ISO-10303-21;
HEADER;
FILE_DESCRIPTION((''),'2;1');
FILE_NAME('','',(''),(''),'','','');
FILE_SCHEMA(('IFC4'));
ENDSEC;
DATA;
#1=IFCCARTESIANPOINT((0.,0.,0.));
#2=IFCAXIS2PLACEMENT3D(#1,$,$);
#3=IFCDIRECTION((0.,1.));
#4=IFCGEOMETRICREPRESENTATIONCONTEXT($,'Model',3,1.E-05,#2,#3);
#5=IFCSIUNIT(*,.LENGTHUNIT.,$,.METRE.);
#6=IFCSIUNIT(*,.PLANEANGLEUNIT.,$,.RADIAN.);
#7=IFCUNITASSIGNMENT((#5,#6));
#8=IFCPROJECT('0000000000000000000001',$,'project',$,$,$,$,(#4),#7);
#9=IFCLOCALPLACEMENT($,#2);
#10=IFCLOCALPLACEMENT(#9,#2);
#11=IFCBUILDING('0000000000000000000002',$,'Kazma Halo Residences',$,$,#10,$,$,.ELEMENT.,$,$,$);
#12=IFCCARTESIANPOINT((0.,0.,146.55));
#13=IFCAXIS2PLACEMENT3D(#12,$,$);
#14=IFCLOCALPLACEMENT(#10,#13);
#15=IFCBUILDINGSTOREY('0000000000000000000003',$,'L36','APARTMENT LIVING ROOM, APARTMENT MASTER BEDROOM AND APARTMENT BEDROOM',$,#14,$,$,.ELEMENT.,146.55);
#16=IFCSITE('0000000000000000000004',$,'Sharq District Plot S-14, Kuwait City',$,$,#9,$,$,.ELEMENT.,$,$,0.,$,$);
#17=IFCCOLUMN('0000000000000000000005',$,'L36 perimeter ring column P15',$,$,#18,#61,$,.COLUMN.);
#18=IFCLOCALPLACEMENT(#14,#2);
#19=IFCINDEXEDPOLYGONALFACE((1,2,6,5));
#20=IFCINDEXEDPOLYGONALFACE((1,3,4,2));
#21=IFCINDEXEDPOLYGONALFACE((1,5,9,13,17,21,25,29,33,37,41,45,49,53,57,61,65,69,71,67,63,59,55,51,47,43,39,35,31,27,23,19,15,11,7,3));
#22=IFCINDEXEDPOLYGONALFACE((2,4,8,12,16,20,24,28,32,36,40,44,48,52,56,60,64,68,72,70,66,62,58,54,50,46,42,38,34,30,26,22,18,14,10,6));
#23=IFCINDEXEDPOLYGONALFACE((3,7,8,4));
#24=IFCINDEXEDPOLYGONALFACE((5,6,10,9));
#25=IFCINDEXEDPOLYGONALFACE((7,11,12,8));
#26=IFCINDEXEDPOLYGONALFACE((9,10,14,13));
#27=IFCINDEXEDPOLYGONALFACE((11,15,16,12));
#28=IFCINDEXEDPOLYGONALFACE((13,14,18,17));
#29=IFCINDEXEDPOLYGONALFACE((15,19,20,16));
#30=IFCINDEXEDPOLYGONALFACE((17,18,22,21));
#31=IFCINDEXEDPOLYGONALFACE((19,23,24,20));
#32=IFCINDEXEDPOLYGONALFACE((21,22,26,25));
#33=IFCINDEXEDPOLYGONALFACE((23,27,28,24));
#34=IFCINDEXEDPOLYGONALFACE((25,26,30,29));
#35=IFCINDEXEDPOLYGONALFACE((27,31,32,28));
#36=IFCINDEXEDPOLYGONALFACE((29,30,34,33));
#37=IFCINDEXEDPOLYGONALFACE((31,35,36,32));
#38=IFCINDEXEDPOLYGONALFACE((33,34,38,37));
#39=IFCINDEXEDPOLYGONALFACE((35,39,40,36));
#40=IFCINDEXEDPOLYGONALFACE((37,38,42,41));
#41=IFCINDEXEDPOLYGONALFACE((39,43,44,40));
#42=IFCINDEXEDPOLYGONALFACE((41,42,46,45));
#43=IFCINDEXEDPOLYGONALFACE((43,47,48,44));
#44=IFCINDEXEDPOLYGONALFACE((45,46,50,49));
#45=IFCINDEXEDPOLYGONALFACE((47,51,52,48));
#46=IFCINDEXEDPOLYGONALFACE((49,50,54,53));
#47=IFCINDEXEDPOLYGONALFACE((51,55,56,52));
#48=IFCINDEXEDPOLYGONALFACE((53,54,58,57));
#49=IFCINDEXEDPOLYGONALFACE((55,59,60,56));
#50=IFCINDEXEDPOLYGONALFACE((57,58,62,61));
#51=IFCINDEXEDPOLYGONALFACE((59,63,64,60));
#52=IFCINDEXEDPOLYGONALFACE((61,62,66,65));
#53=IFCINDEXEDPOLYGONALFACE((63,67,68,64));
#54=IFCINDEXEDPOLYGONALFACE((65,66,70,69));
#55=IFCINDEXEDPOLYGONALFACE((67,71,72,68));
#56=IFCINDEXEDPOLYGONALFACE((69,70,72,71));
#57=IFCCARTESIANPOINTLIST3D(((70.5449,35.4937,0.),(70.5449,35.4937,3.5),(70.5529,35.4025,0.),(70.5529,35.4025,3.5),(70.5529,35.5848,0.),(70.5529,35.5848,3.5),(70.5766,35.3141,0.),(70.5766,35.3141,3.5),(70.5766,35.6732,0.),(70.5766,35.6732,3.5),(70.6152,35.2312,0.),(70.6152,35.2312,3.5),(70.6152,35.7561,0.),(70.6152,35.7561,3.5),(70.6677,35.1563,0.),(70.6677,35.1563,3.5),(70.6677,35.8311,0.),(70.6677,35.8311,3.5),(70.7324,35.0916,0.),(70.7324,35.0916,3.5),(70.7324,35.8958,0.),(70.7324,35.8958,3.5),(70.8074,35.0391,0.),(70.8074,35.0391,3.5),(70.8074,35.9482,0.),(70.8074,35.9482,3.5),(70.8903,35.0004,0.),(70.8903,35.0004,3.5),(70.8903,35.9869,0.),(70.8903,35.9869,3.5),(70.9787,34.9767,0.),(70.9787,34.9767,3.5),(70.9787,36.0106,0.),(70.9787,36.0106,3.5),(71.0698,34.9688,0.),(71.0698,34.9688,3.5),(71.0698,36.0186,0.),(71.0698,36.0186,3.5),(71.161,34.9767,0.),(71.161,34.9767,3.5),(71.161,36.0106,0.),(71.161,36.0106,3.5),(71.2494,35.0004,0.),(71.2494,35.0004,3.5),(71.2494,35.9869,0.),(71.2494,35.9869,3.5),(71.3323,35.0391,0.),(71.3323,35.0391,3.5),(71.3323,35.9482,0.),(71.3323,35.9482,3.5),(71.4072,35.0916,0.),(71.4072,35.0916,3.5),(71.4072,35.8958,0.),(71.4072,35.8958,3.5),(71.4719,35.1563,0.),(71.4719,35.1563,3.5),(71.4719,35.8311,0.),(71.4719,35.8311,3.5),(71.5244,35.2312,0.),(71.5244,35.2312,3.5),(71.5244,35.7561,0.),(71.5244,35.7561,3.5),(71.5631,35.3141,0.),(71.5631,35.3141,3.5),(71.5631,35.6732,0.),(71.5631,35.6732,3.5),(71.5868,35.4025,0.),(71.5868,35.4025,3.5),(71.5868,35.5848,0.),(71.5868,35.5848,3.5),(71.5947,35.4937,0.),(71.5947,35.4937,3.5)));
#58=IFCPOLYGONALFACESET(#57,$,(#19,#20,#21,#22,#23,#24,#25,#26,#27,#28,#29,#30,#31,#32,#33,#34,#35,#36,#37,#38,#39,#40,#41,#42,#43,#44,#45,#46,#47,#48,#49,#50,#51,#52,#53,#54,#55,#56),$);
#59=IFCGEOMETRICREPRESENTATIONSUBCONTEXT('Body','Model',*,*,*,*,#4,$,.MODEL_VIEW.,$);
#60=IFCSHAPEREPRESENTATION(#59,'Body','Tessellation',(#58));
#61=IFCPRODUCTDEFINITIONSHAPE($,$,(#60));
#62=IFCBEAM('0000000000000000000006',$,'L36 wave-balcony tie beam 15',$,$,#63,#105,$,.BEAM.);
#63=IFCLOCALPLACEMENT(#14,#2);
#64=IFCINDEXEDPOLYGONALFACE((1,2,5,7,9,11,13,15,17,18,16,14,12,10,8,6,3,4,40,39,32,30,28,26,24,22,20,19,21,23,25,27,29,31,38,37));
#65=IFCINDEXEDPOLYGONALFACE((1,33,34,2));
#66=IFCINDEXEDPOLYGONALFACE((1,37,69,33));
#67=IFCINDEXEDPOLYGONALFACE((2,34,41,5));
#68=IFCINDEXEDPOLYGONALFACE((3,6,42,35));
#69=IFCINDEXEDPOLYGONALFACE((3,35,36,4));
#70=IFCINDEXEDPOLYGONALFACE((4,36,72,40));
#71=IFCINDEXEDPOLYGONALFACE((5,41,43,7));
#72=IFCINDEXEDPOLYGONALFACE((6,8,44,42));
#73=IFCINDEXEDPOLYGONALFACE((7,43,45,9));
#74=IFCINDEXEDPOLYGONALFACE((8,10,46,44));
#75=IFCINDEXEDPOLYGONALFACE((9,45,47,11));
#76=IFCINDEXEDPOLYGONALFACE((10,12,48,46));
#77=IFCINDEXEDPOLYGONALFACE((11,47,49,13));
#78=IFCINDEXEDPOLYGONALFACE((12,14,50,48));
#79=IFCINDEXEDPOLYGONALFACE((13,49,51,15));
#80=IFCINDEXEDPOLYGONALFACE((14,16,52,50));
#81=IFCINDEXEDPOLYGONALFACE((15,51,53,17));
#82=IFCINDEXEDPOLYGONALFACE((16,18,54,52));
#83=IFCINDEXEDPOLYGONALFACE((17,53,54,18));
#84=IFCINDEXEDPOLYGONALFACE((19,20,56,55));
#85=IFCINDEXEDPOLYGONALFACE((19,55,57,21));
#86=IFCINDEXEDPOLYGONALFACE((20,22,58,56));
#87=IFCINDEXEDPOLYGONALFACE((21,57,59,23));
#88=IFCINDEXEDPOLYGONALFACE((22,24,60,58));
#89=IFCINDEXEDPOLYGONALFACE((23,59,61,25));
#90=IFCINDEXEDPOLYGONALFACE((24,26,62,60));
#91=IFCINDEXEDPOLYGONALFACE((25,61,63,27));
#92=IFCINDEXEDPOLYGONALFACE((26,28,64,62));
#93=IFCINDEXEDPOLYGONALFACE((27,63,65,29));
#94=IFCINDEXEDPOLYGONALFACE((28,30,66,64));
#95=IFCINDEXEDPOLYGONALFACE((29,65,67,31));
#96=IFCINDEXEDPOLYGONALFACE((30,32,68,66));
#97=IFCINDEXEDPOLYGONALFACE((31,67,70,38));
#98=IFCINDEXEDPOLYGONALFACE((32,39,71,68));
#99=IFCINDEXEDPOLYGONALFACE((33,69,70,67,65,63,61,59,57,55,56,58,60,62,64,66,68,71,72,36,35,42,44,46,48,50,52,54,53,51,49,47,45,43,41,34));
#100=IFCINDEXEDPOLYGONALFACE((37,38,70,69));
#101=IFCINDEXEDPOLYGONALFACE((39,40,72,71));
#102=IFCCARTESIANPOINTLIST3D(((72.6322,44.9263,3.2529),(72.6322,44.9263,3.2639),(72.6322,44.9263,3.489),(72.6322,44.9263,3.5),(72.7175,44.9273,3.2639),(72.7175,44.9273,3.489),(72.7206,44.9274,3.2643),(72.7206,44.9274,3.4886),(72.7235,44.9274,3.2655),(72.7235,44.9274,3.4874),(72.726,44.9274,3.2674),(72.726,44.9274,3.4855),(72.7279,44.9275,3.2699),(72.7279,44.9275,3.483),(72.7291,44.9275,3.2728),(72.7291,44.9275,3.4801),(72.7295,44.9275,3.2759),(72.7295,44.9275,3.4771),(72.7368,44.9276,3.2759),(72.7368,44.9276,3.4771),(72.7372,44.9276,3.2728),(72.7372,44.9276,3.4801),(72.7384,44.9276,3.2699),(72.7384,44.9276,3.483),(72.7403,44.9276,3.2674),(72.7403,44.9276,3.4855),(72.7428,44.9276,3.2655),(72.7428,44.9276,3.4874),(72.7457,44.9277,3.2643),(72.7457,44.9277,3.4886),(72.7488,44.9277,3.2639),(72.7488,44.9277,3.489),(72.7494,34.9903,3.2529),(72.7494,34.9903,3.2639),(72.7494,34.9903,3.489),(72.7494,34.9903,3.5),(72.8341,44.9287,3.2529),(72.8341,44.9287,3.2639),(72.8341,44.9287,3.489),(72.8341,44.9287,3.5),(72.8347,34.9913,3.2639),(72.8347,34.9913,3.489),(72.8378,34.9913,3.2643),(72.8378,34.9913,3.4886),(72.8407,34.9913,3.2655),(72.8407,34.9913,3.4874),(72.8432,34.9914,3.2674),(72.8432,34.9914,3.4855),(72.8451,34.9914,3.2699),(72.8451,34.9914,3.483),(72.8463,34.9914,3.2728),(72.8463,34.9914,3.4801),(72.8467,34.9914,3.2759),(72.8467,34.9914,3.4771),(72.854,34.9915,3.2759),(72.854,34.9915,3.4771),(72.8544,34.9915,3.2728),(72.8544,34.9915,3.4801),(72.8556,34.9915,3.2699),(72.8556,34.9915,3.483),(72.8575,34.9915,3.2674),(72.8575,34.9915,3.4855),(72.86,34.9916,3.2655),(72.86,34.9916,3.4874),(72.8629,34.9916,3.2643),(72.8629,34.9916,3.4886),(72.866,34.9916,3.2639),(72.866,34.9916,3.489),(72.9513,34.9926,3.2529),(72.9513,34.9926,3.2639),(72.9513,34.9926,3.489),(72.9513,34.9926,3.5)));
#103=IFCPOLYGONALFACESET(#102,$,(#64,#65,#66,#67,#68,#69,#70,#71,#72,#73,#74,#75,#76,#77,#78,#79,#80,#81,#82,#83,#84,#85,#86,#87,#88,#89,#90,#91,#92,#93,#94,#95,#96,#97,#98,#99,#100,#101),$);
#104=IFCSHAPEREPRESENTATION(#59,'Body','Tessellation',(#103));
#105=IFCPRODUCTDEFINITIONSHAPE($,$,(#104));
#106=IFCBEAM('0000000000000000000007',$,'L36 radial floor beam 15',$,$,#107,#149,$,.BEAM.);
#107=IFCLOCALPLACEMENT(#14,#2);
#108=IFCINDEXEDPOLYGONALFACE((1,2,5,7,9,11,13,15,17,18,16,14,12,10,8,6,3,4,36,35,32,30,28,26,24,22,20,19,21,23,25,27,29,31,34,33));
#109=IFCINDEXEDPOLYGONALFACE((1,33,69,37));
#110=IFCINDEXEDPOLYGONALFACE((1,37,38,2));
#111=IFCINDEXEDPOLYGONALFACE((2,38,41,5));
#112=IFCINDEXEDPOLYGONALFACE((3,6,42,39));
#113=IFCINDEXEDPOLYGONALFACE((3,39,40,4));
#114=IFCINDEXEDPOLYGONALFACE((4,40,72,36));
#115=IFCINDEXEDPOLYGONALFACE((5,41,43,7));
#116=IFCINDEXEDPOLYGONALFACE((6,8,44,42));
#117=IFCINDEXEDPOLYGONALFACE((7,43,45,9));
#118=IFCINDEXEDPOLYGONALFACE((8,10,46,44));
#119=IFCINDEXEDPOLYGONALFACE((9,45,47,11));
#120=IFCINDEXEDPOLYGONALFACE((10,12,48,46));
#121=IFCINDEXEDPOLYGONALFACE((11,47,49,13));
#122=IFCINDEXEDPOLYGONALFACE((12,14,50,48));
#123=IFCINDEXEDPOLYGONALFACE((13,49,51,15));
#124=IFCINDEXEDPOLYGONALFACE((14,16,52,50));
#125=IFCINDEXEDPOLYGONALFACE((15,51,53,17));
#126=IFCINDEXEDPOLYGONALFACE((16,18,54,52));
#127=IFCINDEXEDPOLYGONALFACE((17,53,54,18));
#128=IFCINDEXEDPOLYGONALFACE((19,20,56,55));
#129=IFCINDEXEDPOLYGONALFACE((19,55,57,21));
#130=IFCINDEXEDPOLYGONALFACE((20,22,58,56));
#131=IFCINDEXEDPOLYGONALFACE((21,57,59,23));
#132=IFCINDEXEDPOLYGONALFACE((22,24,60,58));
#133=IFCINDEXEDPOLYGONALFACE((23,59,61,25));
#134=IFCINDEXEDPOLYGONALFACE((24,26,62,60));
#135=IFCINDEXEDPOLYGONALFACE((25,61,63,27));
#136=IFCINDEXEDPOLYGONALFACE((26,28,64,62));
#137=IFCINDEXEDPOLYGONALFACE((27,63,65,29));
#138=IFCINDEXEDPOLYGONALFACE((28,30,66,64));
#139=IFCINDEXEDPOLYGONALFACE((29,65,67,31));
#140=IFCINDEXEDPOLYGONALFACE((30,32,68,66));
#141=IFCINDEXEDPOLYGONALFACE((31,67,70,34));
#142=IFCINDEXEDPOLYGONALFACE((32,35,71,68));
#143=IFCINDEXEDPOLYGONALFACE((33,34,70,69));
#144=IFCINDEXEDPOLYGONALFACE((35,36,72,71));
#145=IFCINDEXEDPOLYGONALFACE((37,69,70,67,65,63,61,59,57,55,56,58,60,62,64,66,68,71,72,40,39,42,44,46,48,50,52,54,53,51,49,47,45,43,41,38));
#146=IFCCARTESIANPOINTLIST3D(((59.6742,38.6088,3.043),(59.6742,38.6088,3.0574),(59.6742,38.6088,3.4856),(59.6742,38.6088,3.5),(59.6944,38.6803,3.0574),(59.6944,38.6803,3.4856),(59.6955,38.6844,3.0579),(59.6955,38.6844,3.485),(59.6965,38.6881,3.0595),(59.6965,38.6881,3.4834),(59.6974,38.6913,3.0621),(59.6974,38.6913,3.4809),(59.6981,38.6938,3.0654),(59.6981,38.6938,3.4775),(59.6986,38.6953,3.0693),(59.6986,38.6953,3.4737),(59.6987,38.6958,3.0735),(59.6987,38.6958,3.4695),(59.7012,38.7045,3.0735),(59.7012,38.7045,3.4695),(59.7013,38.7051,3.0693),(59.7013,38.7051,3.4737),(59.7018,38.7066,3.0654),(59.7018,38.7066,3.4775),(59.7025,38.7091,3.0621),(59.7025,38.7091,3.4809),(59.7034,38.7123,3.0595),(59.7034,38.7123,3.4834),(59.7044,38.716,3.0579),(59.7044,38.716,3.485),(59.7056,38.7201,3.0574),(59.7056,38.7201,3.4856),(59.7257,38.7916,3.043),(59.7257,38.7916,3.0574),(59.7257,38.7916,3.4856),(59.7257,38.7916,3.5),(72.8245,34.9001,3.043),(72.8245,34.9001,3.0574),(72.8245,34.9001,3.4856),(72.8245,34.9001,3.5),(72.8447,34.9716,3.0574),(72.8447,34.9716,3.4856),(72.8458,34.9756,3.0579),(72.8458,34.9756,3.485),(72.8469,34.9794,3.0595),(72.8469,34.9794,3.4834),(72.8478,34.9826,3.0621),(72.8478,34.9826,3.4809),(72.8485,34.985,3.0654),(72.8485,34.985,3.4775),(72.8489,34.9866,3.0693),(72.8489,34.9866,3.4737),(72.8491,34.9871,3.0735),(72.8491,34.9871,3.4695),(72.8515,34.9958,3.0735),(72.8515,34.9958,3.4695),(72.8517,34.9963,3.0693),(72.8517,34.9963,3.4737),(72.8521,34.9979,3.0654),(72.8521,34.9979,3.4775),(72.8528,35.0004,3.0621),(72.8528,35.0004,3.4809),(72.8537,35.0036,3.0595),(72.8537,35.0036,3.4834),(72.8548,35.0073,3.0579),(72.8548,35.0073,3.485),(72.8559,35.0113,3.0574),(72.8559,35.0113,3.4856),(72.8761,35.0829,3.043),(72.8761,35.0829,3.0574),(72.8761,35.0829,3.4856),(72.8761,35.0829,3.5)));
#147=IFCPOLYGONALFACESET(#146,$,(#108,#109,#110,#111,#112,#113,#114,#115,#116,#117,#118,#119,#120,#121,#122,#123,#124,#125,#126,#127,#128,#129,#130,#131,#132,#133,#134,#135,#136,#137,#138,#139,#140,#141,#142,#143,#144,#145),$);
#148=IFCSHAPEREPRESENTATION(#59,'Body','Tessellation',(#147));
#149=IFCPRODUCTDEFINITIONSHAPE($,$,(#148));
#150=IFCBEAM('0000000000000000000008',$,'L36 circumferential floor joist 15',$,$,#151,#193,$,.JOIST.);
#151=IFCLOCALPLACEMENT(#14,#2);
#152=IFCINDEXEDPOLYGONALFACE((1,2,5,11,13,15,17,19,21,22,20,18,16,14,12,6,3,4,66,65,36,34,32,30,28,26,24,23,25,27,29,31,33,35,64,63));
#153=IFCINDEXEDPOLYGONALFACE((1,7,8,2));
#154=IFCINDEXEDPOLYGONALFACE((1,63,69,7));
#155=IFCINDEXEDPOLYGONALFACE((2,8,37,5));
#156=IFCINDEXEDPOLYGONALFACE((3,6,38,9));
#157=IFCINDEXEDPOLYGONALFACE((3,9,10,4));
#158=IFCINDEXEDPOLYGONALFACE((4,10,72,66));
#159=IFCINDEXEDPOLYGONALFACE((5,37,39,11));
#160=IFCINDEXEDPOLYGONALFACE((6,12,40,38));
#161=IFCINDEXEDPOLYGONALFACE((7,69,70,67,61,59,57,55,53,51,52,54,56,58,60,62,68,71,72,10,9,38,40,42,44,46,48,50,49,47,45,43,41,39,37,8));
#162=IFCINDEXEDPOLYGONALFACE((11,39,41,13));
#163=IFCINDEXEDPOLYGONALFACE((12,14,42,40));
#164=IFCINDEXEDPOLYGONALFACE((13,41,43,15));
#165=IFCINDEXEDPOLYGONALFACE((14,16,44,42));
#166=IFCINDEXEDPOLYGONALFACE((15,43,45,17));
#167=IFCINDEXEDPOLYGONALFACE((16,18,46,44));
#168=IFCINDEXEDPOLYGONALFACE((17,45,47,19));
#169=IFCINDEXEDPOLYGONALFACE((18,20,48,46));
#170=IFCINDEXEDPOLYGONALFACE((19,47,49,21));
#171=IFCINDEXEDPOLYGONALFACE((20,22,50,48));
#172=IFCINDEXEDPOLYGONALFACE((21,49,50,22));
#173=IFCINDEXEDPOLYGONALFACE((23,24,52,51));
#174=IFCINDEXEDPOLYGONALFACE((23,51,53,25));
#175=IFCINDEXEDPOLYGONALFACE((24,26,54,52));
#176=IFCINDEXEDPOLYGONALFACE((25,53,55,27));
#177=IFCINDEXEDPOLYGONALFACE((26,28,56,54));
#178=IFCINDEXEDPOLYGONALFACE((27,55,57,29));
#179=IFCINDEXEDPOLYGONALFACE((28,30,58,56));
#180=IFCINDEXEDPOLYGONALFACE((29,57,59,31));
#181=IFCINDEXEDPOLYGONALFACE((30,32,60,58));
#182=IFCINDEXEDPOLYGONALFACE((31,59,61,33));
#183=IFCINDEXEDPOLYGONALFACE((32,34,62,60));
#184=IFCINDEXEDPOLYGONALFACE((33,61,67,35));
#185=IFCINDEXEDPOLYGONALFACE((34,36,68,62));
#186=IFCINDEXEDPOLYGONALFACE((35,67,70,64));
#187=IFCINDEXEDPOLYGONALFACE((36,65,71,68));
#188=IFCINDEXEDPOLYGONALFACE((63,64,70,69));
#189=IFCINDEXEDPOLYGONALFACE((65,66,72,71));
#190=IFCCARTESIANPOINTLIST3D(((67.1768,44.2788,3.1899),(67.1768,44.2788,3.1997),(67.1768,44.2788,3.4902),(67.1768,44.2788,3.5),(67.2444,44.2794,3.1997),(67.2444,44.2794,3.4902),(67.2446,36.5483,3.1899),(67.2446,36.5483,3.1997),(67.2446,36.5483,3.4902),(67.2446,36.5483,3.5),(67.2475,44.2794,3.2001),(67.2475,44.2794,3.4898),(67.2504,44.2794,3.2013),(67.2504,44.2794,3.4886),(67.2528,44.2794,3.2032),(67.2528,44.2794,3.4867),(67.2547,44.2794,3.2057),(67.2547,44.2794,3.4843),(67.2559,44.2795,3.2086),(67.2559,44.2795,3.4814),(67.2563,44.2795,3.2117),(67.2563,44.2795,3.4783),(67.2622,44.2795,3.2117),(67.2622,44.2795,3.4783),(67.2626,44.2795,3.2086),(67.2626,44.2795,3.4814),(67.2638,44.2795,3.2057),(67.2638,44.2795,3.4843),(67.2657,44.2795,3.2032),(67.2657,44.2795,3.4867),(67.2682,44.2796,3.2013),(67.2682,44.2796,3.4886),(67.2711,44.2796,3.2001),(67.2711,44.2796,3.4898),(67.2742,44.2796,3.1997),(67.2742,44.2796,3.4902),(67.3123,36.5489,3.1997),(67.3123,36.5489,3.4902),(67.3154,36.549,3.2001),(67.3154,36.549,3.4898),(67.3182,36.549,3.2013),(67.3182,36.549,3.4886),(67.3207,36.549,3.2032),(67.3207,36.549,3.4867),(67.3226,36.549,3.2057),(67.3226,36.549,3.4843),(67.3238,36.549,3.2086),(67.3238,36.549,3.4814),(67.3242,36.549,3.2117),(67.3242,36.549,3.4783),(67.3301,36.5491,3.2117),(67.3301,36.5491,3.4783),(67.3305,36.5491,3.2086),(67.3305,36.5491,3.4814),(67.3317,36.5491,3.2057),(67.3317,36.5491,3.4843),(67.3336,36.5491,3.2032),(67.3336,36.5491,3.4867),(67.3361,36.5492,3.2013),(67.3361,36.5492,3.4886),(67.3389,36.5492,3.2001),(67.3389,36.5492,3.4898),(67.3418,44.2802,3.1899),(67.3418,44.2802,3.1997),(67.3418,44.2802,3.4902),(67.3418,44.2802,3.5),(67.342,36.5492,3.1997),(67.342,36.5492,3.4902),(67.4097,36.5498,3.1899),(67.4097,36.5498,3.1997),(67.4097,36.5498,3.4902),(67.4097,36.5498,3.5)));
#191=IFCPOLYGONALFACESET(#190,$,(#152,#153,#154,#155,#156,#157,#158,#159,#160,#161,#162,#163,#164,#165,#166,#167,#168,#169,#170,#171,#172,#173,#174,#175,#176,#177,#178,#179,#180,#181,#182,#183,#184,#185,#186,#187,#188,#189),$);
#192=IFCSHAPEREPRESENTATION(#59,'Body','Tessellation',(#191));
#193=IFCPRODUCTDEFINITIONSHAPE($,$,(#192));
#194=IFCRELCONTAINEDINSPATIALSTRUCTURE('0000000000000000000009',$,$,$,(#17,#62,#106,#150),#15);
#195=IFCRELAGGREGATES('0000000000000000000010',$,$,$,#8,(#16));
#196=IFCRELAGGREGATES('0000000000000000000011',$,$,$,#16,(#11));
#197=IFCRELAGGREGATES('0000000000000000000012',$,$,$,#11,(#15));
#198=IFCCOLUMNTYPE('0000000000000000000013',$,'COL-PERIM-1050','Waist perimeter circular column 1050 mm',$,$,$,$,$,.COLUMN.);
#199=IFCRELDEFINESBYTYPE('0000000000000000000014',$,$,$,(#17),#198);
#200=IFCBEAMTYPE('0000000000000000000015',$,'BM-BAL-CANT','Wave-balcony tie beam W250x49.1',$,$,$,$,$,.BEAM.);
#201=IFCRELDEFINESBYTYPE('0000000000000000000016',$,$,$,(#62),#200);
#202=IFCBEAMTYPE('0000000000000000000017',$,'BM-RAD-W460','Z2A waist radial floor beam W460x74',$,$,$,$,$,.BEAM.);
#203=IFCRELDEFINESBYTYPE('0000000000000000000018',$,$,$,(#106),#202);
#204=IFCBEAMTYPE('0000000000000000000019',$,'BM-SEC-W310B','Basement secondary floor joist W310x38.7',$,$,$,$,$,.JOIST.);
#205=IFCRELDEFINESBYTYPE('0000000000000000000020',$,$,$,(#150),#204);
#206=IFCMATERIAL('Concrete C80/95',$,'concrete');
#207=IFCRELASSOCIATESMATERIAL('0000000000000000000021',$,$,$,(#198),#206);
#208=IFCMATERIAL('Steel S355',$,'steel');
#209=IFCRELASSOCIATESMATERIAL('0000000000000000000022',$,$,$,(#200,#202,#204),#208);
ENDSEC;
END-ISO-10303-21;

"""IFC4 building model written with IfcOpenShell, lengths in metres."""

from ifc_helpers import new_model, si_unit, direction, frame, origin, origin_2d, place, context, subcontext, project, spatial, circle, i_section, extrude, material, material_profile, profile_set, type_object, element, save


model = new_model("IFC4")

# Units and contexts
model_context = context("Model", 3, precision=1e-05, world=origin(), true_north=direction((0.0, 1.0)))
body_context = subcontext(model_context, "Body", "Model", "MODEL_VIEW")
ifc_project = project(units=[si_unit("LENGTHUNIT", "METRE"), si_unit("PLANEANGLEUNIT", "RADIAN")], contexts=[model_context])

# Site, building, storey
site_placement = place(None, origin())
site = spatial("IfcSite", under=ifc_project, at=site_placement, Name="Sharq District Plot S-14, Kuwait City", CompositionType="ELEMENT", RefElevation=0.0)
building_placement = place(site_placement, origin())
building = spatial("IfcBuilding", under=site, at=building_placement, Name="Kazma Halo Residences", CompositionType="ELEMENT")
storey_placement = place(building_placement, frame((0.0, 0.0, 146.55)))
storey = spatial("IfcBuildingStorey", under=building, at=storey_placement, Name="L36", Description="APARTMENT LIVING ROOM, APARTMENT MASTER BEDROOM AND APARTMENT BEDROOM", CompositionType="ELEMENT", Elevation=146.55)

# Column
ifc_material_1 = material(Name="Concrete C80/95", Category="concrete")
ifc_material_profile_1 = material_profile(ifc_material_1, circle(Radius=0.5249, at=origin_2d()), Name="CIRC1050")
ifc_profile_set_1 = profile_set([ifc_material_profile_1], Name="Concrete C80/95")
column_type = type_object("IfcColumnType", Name="COL-PERIM-1050", Description="Waist perimeter circular column 1050 mm", PredefinedType="COLUMN", material=ifc_profile_set_1)
column_placement = place(storey_placement, frame((71.0698, 35.4937, 0.0), z_axis=(0.0, 0.0, 1.0), x_axis=(1.0, 0.0, 0.0)))
element("IfcColumn", 1, at=column_placement, inside=storey, type_object=column_type, Name="L36 perimeter ring column P15", PredefinedType="COLUMN", context=body_context, shape_type="SweptSolid", body=[
    extrude(circle(Radius=0.5249, at=origin_2d()), origin(), (0.0, 0.0, 1.0), 3.5),
])

# Beams
ifc_material_2 = material(Name="Steel S355", Category="steel")
ifc_material_profile_2 = material_profile(ifc_material_2, i_section(OverallWidth=0.2019, OverallDepth=0.2471, WebThickness=0.0073, FlangeThickness=0.011, FilletRadius=0.012, at=origin_2d()), Name="W250x49.1")
ifc_profile_set_2 = profile_set([ifc_material_profile_2], Name="Steel S355")
beam_type_1 = type_object("IfcBeamType", Name="BM-BAL-CANT", Description="Wave-balcony tie beam W250x49.1", PredefinedType="BEAM", material=ifc_profile_set_2)
beam_1_placement = place(storey_placement, frame((72.8503, 34.9915, 3.3765), z_axis=(-0.011793, 0.99993, 0.0), x_axis=(-0.99993, -0.011793, 0.0)))
element("IfcBeam", 2, at=beam_1_placement, inside=storey, type_object=beam_type_1, Name="L36 wave-balcony tie beam 15", PredefinedType="BEAM", context=body_context, shape_type="SweptSolid", body=[
    extrude(i_section(OverallWidth=0.2019, OverallDepth=0.2471, WebThickness=0.0073, FlangeThickness=0.011, FilletRadius=0.012, at=origin_2d()), origin(), (0.0, 0.0, 1.0), 9.9368),
])
ifc_material_profile_3 = material_profile(ifc_material_2, i_section(OverallWidth=0.1899, OverallDepth=0.457, WebThickness=0.009, FlangeThickness=0.0144, FilletRadius=0.0161, at=origin_2d()), Name="W460x74")
ifc_profile_set_3 = profile_set([ifc_material_profile_3], Name="Steel S355")
beam_type_2 = type_object("IfcBeamType", Name="BM-RAD-W460", Description="Z2A waist radial floor beam W460x74", PredefinedType="BEAM", material=ifc_profile_set_3)
beam_2_placement = place(storey_placement, frame((59.7, 38.7002, 3.2715), z_axis=(0.962456, -0.271437, 0.0), x_axis=(0.271437, 0.962456, 0.0)))
element("IfcBeam", 3, at=beam_2_placement, inside=storey, type_object=beam_type_2, Name="L36 radial floor beam 15", PredefinedType="BEAM", context=body_context, shape_type="SweptSolid", body=[
    extrude(i_section(OverallWidth=0.1899, OverallDepth=0.457, WebThickness=0.009, FlangeThickness=0.0144, FilletRadius=0.0161, at=origin_2d()), origin(), (0.0, 0.0, 1.0), 13.6633),
])
ifc_material_profile_4 = material_profile(ifc_material_2, i_section(OverallWidth=0.165, OverallDepth=0.3101, WebThickness=0.0059, FlangeThickness=0.0098, FilletRadius=0.012, at=origin_2d()), Name="W310x38.7")
ifc_profile_set_4 = profile_set([ifc_material_profile_4], Name="Steel S355")
beam_type_3 = type_object("IfcBeamType", Name="BM-SEC-W310B", Description="Basement secondary floor joist W310x38.7", PredefinedType="JOIST", material=ifc_profile_set_4)
beam_3_placement = place(storey_placement, frame((67.3271, 36.5491, 3.345), z_axis=(-0.008779, 0.999961, 0.0), x_axis=(-0.999961, -0.008779, 0.0)))
element("IfcBeam", 4, at=beam_3_placement, inside=storey, type_object=beam_type_3, Name="L36 circumferential floor joist 15", PredefinedType="JOIST", context=body_context, shape_type="SweptSolid", body=[
    extrude(i_section(OverallWidth=0.165, OverallDepth=0.3101, WebThickness=0.0059, FlangeThickness=0.0098, FilletRadius=0.012, at=origin_2d()), origin(), (0.0, 0.0, 1.0), 7.7307),
])

save(model, "model.ifc")
